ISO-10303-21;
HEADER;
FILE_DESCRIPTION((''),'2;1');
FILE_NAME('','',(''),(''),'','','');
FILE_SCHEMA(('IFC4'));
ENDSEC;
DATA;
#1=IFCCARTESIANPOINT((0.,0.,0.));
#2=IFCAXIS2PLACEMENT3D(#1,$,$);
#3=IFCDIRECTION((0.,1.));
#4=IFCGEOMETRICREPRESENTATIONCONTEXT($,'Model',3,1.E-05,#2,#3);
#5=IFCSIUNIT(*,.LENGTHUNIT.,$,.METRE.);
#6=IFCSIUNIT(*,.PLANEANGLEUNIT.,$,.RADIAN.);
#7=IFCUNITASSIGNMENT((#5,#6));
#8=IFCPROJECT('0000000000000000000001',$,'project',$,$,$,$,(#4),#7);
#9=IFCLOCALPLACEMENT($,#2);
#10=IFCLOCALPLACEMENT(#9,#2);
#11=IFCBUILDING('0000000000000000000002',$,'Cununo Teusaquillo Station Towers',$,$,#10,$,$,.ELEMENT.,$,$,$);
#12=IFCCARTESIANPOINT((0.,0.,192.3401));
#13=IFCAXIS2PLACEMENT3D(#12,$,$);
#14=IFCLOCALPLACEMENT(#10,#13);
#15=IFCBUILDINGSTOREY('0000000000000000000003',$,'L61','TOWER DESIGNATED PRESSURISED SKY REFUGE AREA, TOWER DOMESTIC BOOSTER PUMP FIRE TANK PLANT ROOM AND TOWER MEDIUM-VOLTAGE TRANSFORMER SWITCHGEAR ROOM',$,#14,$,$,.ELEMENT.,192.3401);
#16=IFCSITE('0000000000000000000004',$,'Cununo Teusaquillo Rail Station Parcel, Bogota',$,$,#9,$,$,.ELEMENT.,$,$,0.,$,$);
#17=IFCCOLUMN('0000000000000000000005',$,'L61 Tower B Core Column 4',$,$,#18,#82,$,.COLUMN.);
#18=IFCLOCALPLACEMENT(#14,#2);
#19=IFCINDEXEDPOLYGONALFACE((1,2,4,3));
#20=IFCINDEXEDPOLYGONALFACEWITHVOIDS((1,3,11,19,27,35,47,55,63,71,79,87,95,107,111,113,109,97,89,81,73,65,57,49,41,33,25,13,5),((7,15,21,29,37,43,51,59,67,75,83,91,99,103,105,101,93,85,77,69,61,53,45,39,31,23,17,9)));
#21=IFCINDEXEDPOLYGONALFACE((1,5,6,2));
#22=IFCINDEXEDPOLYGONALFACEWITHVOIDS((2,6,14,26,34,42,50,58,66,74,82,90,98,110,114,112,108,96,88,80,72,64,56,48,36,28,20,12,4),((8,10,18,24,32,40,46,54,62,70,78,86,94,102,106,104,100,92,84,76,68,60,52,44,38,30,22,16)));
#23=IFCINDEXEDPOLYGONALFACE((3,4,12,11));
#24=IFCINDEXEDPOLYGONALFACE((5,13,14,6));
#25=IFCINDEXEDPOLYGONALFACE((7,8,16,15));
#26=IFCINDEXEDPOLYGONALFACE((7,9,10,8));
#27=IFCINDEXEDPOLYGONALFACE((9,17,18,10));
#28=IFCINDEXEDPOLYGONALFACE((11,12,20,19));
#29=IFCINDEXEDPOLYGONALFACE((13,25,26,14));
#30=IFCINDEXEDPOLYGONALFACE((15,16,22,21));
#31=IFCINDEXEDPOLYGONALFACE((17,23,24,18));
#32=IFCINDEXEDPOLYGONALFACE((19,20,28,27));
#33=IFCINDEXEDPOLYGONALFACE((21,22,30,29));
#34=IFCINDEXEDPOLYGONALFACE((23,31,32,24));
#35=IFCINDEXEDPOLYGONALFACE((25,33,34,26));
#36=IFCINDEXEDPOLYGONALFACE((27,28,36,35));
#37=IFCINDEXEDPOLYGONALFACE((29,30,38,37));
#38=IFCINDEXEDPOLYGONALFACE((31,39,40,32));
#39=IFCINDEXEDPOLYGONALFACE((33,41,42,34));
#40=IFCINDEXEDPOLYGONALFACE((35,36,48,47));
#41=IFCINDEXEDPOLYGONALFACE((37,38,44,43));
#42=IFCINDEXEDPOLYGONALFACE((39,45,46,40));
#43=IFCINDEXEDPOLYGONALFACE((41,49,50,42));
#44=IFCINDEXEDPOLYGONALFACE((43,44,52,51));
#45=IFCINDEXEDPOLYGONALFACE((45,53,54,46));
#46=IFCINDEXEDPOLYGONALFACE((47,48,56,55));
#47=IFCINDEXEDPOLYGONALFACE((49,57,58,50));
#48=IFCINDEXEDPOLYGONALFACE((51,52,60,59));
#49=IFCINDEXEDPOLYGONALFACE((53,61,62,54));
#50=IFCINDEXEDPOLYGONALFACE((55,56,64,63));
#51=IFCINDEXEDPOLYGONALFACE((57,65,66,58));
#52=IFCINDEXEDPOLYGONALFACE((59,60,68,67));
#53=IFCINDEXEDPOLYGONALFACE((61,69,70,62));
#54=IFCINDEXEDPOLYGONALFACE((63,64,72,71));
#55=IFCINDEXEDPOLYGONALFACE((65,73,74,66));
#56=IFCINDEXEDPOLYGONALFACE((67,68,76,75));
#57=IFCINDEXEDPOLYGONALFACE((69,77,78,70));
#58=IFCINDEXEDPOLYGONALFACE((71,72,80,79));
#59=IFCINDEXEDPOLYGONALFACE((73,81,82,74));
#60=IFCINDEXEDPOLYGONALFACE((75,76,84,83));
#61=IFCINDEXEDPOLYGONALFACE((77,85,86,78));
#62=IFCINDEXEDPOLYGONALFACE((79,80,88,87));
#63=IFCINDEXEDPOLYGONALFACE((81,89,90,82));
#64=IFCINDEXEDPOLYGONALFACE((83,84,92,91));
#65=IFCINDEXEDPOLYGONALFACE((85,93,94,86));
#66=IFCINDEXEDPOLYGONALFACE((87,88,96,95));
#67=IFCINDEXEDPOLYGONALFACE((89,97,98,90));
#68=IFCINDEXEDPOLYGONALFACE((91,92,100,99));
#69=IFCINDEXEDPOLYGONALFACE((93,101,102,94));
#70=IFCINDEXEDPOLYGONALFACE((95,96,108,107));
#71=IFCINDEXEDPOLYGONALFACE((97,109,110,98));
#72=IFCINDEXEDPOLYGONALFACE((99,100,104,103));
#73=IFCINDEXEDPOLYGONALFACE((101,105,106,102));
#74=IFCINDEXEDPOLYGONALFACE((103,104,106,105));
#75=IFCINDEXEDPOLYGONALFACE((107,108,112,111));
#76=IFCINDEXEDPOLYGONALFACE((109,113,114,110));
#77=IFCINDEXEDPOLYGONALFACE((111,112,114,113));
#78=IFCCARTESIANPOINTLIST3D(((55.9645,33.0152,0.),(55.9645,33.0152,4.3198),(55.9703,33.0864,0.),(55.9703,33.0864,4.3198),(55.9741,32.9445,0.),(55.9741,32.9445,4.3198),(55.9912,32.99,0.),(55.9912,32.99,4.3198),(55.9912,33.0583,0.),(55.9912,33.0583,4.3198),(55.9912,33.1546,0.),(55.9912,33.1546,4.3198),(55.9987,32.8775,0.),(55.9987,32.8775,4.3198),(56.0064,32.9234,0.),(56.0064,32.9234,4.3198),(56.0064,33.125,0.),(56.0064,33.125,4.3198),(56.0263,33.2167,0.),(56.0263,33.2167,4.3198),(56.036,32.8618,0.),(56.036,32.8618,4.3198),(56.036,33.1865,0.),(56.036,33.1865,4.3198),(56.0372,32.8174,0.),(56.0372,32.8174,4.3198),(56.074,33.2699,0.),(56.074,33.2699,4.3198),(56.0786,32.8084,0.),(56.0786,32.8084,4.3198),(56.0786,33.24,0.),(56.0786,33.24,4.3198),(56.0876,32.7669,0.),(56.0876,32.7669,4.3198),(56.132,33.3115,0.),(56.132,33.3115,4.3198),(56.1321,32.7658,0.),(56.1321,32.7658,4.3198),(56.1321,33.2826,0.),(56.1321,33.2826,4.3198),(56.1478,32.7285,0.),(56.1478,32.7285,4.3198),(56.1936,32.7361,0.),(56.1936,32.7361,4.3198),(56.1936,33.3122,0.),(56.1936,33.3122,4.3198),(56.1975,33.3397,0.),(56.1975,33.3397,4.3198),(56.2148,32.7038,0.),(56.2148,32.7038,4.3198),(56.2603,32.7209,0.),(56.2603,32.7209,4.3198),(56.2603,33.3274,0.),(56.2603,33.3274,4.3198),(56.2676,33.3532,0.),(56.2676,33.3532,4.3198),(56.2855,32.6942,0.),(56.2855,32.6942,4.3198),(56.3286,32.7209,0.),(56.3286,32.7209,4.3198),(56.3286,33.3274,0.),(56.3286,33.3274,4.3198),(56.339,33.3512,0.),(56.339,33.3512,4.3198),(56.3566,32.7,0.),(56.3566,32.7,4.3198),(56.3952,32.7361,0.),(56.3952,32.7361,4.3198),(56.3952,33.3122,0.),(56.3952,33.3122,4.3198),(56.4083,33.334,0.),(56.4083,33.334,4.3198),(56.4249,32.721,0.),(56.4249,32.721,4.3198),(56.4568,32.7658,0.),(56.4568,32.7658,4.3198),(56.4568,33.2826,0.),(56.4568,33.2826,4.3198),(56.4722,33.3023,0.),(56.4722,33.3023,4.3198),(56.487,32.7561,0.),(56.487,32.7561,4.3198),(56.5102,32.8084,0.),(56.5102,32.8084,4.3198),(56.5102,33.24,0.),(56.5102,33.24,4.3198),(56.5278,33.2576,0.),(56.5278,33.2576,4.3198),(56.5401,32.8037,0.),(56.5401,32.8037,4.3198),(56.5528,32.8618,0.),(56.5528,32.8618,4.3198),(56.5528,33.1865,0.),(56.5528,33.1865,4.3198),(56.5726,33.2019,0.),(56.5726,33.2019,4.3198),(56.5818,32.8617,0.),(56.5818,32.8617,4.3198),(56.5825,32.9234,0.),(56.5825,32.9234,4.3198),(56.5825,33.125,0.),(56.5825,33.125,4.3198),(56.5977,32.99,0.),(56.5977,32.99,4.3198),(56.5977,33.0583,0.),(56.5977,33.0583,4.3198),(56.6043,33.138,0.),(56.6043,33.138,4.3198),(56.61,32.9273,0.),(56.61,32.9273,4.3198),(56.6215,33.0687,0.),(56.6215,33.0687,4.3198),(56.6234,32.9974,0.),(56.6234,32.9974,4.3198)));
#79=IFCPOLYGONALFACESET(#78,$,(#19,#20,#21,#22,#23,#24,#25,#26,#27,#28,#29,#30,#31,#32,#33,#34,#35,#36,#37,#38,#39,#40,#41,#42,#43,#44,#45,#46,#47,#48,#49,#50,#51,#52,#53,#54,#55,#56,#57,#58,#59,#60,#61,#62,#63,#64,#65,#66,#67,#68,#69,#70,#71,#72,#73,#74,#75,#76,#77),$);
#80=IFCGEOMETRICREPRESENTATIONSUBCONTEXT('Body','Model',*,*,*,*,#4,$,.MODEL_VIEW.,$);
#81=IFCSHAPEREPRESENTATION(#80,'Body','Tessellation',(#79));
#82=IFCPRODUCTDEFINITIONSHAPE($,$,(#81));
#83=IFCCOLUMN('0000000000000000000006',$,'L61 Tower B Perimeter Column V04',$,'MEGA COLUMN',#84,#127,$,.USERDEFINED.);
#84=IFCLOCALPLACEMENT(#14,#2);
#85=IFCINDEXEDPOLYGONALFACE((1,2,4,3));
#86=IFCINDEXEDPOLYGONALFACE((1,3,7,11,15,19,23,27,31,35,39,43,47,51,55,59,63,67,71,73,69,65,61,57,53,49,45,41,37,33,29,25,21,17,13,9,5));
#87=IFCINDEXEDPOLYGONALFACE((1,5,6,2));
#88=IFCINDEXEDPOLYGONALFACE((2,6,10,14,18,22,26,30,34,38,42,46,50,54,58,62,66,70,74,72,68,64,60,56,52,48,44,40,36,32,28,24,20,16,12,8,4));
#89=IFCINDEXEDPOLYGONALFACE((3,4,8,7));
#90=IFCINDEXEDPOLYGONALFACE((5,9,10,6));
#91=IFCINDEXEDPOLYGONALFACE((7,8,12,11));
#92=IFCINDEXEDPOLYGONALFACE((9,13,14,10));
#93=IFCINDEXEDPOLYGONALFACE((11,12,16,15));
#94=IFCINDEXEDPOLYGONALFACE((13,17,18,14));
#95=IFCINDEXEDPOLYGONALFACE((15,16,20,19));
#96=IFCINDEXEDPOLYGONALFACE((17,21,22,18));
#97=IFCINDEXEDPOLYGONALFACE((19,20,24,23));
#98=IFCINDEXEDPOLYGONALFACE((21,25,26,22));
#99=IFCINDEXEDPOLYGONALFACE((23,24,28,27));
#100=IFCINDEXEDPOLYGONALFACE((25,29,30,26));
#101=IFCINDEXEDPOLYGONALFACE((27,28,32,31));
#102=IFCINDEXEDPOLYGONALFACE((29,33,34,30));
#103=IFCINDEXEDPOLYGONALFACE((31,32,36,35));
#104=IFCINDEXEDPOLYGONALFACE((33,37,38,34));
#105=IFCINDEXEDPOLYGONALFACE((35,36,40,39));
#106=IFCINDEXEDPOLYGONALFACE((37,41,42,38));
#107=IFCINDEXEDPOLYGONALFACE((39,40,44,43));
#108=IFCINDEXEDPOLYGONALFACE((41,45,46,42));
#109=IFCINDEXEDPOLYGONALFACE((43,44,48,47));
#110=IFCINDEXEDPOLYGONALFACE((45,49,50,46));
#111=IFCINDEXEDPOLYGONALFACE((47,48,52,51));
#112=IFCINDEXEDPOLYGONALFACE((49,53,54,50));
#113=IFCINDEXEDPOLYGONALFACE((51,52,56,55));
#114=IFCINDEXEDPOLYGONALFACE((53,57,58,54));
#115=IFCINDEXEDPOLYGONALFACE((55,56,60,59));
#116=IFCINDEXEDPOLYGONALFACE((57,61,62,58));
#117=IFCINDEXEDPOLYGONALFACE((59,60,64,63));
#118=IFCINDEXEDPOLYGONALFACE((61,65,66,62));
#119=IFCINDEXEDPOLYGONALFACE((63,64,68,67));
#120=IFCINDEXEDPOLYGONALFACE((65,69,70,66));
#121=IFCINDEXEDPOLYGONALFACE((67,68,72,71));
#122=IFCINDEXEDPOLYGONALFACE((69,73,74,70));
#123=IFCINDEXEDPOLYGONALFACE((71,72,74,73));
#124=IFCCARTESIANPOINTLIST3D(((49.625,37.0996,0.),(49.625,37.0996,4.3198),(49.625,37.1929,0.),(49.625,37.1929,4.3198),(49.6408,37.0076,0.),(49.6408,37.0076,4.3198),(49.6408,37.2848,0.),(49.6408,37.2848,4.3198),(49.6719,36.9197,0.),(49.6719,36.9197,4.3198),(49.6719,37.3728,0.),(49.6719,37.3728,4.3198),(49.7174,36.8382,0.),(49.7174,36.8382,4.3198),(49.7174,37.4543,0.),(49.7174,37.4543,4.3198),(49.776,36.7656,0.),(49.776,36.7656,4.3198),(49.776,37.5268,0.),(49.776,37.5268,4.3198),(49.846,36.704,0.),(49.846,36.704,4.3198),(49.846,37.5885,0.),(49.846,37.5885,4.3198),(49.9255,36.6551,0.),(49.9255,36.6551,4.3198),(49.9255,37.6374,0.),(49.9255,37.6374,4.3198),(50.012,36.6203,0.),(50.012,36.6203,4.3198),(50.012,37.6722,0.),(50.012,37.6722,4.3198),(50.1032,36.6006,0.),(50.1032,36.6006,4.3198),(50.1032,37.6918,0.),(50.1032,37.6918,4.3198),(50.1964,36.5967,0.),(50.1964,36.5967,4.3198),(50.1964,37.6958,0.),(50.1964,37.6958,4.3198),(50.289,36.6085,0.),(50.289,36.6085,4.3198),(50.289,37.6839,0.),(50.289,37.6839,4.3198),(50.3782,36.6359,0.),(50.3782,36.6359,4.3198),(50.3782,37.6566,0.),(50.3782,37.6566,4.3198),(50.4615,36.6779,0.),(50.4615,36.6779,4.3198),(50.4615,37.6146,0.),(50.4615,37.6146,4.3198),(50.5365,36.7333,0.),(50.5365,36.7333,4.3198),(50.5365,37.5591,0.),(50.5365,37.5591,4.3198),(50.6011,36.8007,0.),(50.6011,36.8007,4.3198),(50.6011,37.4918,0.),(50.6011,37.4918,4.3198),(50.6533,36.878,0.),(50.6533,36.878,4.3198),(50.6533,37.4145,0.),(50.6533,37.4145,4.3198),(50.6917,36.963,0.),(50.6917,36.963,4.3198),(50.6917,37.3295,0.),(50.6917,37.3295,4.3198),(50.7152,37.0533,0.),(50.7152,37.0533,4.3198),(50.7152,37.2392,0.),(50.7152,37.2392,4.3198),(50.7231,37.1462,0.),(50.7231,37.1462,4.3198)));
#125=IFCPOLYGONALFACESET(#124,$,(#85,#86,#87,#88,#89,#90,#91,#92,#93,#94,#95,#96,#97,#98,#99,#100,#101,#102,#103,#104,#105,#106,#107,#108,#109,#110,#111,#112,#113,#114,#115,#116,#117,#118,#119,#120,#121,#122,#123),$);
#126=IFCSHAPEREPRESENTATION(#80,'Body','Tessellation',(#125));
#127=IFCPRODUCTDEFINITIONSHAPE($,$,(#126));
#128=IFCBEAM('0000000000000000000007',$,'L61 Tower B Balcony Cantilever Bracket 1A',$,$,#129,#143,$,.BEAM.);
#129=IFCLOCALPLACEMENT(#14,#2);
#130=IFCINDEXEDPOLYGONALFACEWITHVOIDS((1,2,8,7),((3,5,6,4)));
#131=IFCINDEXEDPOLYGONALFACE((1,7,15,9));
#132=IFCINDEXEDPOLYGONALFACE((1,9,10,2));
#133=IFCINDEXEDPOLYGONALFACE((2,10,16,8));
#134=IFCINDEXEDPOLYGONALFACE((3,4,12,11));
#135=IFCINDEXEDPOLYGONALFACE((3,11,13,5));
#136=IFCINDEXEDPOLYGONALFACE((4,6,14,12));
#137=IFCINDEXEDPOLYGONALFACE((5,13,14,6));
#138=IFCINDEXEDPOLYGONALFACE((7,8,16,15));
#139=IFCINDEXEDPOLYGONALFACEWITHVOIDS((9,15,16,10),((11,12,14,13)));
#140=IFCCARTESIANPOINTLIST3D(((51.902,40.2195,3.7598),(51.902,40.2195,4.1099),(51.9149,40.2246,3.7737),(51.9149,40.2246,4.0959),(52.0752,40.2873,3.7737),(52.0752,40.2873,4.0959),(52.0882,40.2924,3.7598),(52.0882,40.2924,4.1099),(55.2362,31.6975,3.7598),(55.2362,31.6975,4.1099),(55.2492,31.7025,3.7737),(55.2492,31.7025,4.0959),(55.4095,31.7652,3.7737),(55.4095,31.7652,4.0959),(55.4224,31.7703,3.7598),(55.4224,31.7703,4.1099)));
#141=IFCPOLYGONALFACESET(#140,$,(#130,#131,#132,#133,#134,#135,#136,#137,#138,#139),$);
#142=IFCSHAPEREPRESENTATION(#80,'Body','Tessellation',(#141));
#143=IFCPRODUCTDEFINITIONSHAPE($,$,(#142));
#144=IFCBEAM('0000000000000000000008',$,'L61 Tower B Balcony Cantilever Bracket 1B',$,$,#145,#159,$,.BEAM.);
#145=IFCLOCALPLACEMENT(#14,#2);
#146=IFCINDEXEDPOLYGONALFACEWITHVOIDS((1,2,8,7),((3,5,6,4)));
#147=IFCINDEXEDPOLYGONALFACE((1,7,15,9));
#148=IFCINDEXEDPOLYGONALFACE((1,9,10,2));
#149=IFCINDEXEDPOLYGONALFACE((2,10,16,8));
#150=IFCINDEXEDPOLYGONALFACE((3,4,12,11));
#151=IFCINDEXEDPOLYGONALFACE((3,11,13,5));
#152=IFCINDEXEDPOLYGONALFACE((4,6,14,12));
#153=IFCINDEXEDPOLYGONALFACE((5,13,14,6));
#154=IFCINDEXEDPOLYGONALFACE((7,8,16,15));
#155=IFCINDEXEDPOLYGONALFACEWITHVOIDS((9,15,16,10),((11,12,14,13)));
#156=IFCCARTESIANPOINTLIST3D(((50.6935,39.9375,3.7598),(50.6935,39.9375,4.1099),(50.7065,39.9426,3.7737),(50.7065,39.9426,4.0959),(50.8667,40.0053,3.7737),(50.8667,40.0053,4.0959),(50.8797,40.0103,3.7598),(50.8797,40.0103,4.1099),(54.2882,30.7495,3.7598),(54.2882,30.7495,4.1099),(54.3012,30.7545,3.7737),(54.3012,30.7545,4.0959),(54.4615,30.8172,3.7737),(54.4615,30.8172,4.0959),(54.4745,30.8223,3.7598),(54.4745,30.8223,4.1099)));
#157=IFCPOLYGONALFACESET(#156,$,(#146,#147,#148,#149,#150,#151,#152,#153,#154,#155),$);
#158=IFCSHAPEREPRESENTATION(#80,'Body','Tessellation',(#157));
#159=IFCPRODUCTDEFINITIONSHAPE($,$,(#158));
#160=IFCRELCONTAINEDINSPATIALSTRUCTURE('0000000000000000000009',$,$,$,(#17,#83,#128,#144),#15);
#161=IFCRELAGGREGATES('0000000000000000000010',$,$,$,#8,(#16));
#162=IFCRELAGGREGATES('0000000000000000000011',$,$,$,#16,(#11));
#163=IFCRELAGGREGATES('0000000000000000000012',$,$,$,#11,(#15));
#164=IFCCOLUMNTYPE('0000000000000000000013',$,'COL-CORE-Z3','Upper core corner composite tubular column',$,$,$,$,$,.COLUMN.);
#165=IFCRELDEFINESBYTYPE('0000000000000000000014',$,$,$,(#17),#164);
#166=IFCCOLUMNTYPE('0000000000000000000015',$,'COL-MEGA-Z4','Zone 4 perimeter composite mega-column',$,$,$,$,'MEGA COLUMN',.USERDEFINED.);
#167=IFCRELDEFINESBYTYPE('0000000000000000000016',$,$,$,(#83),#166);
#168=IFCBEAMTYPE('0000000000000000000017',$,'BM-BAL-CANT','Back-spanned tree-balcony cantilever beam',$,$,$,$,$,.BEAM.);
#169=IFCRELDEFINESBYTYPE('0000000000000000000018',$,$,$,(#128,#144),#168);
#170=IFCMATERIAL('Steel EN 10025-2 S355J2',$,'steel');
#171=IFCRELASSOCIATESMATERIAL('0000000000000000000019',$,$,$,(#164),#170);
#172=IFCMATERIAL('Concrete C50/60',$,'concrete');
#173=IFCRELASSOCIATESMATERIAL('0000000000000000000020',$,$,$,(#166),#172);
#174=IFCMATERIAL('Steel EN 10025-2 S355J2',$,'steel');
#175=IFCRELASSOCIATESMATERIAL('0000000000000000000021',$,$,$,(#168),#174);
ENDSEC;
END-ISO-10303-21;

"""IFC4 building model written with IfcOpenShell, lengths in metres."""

from ifc_helpers import new_model, si_unit, direction, frame, origin, origin_2d, place, context, subcontext, project, spatial, hollow_rectangle, circle, hollow_circle, extrude, material, material_profile, profile_set, type_object, element, save


model = new_model("IFC4")

# Units and contexts
model_context = context("Model", 3, precision=1e-05, world=origin(), true_north=direction((0.0, 1.0)))
body_context = subcontext(model_context, "Body", "Model", "MODEL_VIEW")
ifc_project = project(units=[si_unit("LENGTHUNIT", "METRE"), si_unit("PLANEANGLEUNIT", "RADIAN")], contexts=[model_context])

# Site, building, storey
site_placement = place(None, origin())
site = spatial("IfcSite", under=ifc_project, at=site_placement, Name="Cununo Teusaquillo Rail Station Parcel, Bogota", CompositionType="ELEMENT", RefElevation=0.0)
building_placement = place(site_placement, origin())
building = spatial("IfcBuilding", under=site, at=building_placement, Name="Cununo Teusaquillo Station Towers", CompositionType="ELEMENT")
storey_placement = place(building_placement, frame((0.0, 0.0, 192.3401)))
storey = spatial("IfcBuildingStorey", under=building, at=storey_placement, Name="L61", Description="TOWER DESIGNATED PRESSURISED SKY REFUGE AREA, TOWER DOMESTIC BOOSTER PUMP FIRE TANK PLANT ROOM AND TOWER MEDIUM-VOLTAGE TRANSFORMER SWITCHGEAR ROOM", CompositionType="ELEMENT", Elevation=192.3401)

# Columns
ifc_material_1 = material(Name="Steel EN 10025-2 S355J2", Category="steel")
ifc_material_profile_1 = material_profile(ifc_material_1, hollow_circle(Radius=0.3301, WallThickness=0.0249, at=origin_2d()), Name="CHS 660x25")
ifc_profile_set_1 = profile_set([ifc_material_profile_1], Name="Steel EN 10025-2 S355J2")
column_type_1 = type_object("IfcColumnType", Name="COL-CORE-Z3", Description="Upper core corner composite tubular column", PredefinedType="COLUMN", material=ifc_profile_set_1)
column_1_placement = place(storey_placement, frame((56.2944, 33.0242, 0.0), z_axis=(0.0, 0.0, 1.0), x_axis=(0.707107, 0.707107, 0.0)))
element("IfcColumn", 1, at=column_1_placement, inside=storey, type_object=column_type_1, Name="L61 Tower B Core Column 4", PredefinedType="COLUMN", context=body_context, shape_type="SweptSolid", body=[
    extrude(hollow_circle(Radius=0.3301, WallThickness=0.0249, at=origin_2d()), origin(), (0.0, 0.0, 1.0), 4.3198),
])
ifc_material_2 = material(Name="Concrete C50/60", Category="concrete")
ifc_material_profile_2 = material_profile(ifc_material_2, circle(Radius=0.55, at=origin_2d()), Name="RC-CIRC-1100")
ifc_profile_set_2 = profile_set([ifc_material_profile_2], Name="Concrete C50/60")
column_type_2 = type_object("IfcColumnType", Name="COL-MEGA-Z4", Description="Zone 4 perimeter composite mega-column", ElementType="MEGA COLUMN", PredefinedType="USERDEFINED", material=ifc_profile_set_2)
column_2_placement = place(storey_placement, frame((50.1731, 37.1462, 0.0), z_axis=(0.0, 0.0, 1.0), x_axis=(1.0, 0.0, 0.0)))
element("IfcColumn", 2, at=column_2_placement, inside=storey, type_object=column_type_2, Name="L61 Tower B Perimeter Column V04", ObjectType="MEGA COLUMN", PredefinedType="USERDEFINED", context=body_context, shape_type="SweptSolid", body=[
    extrude(circle(Radius=0.55, at=origin_2d()), origin(), (0.0, 0.0, 1.0), 4.3198),
])

# Beams
ifc_material_3 = material(Name="Steel EN 10025-2 S355J2", Category="steel")
ifc_material_profile_3 = material_profile(ifc_material_3, hollow_rectangle(XDim=0.2, YDim=0.3501, WallThickness=0.0139, at=origin_2d()), Name="RHS 350x200x14")
ifc_profile_set_3 = profile_set([ifc_material_profile_3], Name="Steel EN 10025-2 S355J2")
beam_type_1 = type_object("IfcBeamType", Name="BM-BAL-CANT", Description="Back-spanned tree-balcony cantilever beam", PredefinedType="BEAM", material=ifc_profile_set_3)
beam_1_placement = place(storey_placement, frame((55.3293, 31.7339, 3.9348), z_axis=(-0.364356, 0.93126, 0.0), x_axis=(-0.93126, -0.364356, 0.0)))
element("IfcBeam", 3, at=beam_1_placement, inside=storey, type_object=beam_type_1, Name="L61 Tower B Balcony Cantilever Bracket 1A", PredefinedType="BEAM", context=body_context, shape_type="SweptSolid", body=[
    extrude(hollow_rectangle(XDim=0.2, YDim=0.3501, WallThickness=0.0139, at=origin_2d()), origin(), (0.0, 0.0, 1.0), 9.1511),
])
beam_2_placement = place(storey_placement, frame((54.3813, 30.7859, 3.9348), z_axis=(-0.364349, 0.931262, 0.0), x_axis=(-0.931262, -0.364349, 0.0)))
element("IfcBeam", 4, at=beam_2_placement, inside=storey, type_object=beam_type_1, Name="L61 Tower B Balcony Cantilever Bracket 1B", PredefinedType="BEAM", context=body_context, shape_type="SweptSolid", body=[
    extrude(hollow_rectangle(XDim=0.2, YDim=0.3501, WallThickness=0.0139, at=origin_2d()), origin(), (0.0, 0.0, 1.0), 9.8662),
])

save(model, "model.ifc")
